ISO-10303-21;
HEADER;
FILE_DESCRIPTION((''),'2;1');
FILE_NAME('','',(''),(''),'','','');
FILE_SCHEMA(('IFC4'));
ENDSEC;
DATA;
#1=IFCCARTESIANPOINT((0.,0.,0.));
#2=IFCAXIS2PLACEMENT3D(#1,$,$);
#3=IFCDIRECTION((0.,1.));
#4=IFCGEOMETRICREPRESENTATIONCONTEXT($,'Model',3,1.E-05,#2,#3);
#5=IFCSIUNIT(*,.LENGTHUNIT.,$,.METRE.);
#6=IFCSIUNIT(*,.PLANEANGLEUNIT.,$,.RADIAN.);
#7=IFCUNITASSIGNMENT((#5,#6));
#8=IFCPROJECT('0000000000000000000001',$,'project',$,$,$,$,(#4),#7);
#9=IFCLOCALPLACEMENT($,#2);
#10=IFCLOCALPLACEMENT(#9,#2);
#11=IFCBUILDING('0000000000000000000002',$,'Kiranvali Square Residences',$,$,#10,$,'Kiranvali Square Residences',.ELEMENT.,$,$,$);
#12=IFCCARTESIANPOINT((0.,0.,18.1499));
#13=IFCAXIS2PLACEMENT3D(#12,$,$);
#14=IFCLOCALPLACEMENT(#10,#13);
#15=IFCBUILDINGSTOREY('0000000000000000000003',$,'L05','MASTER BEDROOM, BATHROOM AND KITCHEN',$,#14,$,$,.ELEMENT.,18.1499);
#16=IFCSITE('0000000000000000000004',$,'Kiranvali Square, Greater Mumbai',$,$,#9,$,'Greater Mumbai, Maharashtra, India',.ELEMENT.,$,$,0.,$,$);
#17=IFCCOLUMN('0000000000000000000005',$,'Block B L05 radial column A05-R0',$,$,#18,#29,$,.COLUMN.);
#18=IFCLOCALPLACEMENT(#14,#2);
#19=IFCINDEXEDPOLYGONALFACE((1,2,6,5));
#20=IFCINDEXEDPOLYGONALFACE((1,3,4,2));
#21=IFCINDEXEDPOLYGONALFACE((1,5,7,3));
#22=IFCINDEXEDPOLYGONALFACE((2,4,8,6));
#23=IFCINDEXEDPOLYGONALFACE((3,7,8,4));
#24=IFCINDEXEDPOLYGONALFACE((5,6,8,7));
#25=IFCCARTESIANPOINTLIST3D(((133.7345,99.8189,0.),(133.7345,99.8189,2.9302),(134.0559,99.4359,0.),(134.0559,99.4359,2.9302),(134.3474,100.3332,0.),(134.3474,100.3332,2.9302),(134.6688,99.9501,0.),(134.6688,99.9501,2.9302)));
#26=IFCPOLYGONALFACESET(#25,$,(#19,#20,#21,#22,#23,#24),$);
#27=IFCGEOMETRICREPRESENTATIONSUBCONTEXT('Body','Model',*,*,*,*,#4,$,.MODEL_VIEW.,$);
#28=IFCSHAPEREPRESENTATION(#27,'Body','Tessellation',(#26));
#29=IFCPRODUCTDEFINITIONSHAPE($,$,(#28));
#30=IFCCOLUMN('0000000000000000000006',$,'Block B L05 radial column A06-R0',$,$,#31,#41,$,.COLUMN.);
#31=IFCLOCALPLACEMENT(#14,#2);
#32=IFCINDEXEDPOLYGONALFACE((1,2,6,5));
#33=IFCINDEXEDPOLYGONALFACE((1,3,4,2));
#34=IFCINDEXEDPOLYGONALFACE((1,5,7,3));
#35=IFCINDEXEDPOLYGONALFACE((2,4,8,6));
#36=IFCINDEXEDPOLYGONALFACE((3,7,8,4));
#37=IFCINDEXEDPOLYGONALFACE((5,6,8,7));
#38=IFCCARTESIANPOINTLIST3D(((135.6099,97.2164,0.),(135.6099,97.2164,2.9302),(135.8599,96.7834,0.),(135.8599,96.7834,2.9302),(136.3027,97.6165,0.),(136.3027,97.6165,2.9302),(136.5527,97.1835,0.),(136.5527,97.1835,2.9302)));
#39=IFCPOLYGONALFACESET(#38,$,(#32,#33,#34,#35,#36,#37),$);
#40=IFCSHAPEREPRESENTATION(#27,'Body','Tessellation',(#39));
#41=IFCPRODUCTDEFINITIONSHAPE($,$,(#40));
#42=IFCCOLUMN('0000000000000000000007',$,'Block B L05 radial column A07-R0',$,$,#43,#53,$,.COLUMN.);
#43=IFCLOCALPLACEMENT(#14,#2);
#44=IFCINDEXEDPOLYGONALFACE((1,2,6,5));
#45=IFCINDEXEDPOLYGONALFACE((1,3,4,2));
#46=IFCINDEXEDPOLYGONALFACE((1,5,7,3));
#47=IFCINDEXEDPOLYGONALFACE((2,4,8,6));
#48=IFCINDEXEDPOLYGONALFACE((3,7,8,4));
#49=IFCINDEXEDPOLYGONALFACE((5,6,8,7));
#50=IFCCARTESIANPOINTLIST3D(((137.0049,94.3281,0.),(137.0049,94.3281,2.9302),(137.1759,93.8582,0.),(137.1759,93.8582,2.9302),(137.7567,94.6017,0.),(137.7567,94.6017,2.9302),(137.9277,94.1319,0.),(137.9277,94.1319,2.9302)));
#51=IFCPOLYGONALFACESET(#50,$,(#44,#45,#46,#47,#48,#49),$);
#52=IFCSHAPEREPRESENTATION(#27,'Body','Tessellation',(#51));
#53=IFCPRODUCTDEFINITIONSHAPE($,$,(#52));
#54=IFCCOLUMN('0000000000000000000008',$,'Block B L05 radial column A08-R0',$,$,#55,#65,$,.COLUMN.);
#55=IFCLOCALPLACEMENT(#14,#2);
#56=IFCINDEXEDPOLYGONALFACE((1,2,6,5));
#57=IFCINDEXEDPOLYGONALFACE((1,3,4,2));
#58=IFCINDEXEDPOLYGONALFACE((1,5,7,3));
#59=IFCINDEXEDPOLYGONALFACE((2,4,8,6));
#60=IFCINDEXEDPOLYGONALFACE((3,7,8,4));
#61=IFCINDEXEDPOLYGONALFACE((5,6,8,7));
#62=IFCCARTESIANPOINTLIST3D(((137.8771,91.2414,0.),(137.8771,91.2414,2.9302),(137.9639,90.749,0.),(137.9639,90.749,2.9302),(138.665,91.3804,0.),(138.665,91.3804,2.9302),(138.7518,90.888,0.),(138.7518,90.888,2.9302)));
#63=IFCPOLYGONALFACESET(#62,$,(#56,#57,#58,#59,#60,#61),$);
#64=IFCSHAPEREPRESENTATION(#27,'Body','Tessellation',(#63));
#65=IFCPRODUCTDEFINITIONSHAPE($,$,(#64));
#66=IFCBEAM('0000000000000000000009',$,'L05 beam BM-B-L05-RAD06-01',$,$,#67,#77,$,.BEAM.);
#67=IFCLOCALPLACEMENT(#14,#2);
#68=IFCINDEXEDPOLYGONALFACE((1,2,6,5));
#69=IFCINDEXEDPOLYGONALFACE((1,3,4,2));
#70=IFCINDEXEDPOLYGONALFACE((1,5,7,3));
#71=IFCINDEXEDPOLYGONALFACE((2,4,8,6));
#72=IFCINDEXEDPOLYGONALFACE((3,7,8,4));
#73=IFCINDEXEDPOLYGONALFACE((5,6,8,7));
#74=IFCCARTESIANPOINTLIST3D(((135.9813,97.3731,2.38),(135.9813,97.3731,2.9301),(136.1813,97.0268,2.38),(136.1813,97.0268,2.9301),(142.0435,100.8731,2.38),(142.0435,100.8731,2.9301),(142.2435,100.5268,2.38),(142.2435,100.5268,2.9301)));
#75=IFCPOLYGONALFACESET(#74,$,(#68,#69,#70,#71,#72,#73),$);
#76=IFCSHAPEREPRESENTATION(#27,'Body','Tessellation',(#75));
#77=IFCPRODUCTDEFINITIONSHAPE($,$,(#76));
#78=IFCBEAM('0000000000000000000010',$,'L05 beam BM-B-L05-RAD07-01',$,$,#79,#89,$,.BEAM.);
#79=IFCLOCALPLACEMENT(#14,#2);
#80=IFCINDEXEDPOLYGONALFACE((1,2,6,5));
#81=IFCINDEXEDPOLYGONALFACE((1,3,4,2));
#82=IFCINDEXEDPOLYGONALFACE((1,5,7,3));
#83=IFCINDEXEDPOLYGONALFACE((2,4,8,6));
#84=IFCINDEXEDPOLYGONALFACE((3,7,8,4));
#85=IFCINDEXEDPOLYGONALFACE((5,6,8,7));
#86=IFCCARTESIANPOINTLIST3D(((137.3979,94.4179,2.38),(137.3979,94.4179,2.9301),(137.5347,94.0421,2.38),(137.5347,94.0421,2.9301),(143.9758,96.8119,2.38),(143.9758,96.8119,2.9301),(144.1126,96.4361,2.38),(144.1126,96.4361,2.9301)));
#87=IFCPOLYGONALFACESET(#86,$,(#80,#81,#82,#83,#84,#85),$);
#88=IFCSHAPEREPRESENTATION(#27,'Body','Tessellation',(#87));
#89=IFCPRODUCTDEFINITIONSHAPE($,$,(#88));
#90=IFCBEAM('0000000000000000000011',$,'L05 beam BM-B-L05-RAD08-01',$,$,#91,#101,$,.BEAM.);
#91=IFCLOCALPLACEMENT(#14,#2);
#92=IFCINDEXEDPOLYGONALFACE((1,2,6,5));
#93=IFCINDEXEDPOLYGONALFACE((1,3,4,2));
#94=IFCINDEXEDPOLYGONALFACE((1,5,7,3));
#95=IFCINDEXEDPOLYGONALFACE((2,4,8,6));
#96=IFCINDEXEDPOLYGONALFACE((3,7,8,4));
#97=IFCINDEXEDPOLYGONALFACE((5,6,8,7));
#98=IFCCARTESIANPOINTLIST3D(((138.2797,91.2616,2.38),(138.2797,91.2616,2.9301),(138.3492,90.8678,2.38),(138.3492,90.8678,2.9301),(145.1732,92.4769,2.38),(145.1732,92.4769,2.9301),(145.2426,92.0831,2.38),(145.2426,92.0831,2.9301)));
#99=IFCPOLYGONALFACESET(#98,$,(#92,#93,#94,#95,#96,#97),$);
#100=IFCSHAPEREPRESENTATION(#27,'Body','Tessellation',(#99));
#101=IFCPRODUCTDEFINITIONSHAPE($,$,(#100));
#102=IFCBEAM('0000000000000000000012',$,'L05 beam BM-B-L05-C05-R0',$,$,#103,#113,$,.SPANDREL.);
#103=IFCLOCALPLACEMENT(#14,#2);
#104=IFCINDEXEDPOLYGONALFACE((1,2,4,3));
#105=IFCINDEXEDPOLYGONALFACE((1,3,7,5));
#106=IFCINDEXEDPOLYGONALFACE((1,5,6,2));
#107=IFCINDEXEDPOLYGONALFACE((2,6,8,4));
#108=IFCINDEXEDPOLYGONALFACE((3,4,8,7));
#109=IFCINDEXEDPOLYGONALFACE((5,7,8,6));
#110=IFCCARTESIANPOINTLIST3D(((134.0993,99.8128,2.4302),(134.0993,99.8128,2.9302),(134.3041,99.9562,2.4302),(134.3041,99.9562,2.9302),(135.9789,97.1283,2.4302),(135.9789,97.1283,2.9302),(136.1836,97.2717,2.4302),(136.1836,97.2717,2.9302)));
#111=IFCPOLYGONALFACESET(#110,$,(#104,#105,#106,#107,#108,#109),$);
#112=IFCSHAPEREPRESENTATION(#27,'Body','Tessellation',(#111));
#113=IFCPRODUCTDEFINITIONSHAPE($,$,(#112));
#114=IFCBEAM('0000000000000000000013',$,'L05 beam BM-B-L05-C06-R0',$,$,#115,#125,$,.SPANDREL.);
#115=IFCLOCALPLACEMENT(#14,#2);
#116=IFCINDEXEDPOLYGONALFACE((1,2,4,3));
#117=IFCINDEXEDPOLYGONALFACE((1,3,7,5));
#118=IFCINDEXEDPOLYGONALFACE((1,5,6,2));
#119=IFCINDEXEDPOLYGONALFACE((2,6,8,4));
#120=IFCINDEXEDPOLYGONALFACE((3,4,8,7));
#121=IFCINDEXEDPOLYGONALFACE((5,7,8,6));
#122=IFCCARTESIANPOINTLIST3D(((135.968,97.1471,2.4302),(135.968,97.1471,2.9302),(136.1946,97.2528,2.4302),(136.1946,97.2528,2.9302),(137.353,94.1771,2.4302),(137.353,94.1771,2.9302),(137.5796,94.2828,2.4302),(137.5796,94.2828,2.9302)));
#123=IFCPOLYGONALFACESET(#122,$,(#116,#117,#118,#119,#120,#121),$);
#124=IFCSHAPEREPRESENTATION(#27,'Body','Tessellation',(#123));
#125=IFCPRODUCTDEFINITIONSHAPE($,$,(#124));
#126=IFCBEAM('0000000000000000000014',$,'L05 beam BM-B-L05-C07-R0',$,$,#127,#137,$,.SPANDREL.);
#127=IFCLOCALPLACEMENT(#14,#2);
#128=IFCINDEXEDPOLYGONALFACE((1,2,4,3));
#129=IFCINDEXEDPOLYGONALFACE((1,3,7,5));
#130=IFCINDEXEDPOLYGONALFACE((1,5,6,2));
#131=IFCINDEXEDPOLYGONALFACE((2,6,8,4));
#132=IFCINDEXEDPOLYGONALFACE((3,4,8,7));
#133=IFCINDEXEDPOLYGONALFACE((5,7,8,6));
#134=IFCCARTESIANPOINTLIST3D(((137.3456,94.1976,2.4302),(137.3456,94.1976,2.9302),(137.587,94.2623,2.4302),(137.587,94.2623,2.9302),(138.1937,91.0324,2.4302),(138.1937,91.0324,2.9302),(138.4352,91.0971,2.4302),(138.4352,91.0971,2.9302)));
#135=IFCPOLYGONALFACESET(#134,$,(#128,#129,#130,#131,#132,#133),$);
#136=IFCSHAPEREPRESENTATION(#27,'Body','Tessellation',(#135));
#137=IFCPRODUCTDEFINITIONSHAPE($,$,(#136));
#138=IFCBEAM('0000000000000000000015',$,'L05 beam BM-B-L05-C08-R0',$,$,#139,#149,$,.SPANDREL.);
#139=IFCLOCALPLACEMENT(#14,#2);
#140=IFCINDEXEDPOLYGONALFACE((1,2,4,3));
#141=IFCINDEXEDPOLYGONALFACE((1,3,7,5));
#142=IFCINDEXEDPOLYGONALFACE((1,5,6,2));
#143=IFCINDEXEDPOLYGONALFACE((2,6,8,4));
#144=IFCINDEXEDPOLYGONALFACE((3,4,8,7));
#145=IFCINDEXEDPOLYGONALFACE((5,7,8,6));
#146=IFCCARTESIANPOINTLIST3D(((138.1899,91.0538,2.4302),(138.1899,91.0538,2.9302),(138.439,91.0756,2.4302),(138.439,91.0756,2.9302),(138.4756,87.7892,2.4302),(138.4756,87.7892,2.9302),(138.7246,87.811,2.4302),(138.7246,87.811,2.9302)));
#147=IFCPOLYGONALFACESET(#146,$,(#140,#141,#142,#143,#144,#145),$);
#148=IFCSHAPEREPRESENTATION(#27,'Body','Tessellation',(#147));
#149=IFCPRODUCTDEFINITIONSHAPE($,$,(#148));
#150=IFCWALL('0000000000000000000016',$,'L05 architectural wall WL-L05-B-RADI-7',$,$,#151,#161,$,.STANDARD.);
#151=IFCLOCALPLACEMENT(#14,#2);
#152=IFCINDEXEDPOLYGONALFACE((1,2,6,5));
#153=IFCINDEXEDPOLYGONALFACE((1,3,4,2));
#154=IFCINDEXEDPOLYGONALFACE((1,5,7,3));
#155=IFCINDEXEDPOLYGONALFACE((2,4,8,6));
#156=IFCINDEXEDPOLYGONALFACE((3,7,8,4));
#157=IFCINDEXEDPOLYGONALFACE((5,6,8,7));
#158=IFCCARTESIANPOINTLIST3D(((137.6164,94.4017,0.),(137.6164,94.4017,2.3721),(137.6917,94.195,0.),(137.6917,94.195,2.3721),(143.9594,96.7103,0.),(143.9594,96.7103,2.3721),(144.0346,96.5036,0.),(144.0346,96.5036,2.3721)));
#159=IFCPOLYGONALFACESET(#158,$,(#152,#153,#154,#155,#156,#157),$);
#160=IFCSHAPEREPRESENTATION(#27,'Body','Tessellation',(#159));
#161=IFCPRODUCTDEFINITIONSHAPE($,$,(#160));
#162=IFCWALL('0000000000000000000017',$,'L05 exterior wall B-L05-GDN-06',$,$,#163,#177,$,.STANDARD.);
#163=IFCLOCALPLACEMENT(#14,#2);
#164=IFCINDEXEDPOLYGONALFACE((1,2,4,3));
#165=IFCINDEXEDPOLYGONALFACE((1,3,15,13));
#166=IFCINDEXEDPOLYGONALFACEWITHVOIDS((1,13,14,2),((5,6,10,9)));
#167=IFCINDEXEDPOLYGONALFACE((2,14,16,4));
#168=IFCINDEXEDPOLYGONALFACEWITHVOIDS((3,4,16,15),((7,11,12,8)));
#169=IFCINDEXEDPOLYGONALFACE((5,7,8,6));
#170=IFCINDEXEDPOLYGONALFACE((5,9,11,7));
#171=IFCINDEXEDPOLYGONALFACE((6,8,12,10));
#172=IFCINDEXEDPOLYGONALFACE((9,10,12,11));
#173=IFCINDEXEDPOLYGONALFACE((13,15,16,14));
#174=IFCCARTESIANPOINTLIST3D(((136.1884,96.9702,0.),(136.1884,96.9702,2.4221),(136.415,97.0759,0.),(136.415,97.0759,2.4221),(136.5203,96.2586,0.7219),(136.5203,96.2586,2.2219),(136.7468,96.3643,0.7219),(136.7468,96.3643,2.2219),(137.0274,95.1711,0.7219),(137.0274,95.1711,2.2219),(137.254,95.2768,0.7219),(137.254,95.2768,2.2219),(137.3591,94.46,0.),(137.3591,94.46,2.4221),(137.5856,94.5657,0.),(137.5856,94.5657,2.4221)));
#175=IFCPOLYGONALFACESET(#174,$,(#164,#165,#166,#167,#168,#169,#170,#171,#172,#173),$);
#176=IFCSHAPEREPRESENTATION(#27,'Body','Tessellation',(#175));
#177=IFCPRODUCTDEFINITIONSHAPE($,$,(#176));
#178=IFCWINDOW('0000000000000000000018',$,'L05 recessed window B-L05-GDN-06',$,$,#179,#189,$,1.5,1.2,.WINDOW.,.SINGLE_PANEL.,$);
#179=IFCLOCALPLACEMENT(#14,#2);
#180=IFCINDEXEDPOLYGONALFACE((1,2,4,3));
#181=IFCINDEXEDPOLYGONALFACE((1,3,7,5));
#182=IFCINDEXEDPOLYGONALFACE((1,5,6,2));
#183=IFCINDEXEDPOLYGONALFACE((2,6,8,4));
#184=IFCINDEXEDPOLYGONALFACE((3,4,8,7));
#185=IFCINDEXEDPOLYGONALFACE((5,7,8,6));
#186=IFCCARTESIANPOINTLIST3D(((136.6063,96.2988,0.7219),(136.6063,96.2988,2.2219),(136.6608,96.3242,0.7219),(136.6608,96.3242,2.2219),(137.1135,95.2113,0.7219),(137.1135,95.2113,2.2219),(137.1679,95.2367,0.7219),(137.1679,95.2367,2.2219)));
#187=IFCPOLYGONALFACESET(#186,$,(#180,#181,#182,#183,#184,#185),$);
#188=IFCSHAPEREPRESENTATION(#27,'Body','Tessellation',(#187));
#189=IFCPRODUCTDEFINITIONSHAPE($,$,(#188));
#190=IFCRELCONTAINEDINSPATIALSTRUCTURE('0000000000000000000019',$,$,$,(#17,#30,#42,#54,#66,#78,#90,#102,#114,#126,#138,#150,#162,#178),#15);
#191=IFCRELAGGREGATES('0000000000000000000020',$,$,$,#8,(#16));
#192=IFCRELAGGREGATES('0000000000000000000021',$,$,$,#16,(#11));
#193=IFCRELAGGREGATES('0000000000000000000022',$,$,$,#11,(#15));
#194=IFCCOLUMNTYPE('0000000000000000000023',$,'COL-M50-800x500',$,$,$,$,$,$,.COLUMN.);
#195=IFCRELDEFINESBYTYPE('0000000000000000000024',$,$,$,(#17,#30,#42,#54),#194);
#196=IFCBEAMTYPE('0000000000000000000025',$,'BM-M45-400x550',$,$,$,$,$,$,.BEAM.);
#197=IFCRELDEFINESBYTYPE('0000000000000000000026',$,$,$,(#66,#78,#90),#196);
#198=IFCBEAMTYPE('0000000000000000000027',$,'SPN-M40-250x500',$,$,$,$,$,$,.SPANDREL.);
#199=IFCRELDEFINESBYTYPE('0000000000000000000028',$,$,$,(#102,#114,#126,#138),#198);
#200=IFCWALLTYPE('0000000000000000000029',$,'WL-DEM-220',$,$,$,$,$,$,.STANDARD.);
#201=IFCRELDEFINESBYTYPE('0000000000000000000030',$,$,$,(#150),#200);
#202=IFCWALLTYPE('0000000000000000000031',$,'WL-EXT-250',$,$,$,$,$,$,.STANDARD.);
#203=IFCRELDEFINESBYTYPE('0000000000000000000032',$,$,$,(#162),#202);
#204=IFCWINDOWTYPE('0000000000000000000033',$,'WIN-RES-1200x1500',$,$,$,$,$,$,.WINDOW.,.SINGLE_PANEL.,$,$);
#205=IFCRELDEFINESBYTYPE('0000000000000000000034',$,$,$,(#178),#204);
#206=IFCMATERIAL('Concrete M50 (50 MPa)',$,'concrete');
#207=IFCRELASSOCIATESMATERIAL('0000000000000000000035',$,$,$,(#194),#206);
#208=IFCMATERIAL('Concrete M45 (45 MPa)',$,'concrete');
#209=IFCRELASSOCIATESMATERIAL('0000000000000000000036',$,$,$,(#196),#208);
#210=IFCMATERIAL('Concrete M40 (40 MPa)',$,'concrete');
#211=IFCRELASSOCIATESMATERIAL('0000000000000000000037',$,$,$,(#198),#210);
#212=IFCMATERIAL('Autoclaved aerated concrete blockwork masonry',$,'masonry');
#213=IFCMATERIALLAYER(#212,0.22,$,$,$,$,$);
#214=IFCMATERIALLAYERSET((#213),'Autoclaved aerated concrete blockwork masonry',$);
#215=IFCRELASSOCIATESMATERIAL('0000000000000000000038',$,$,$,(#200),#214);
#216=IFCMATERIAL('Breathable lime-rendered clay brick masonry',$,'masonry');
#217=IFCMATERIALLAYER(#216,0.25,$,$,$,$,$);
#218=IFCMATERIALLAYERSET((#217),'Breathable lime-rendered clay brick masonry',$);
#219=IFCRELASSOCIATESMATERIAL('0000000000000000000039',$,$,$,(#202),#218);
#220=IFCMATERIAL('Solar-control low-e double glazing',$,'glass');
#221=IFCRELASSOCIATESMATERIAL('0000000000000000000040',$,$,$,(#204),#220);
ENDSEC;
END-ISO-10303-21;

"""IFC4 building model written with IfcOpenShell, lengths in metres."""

from ifc_helpers import new_model, si_unit, direction, frame, frame_2d, origin, origin_2d, place, context, subcontext, project, spatial, rectangle, extrude, material, layer, layer_set, material_profile, profile_set, type_object, element, fill, save


model = new_model("IFC4")

# Units and contexts
model_context = context("Model", 3, precision=1e-05, world=origin(), true_north=direction((0.0, 1.0)))
body_context = subcontext(model_context, "Body", "Model", "MODEL_VIEW")
ifc_project = project(units=[si_unit("LENGTHUNIT", "METRE"), si_unit("PLANEANGLEUNIT", "RADIAN")], contexts=[model_context])

# Site, building, storey
site_placement = place(None, origin())
site = spatial("IfcSite", under=ifc_project, at=site_placement, Name="Kiranvali Square, Greater Mumbai", LongName="Greater Mumbai, Maharashtra, India", CompositionType="ELEMENT", RefElevation=0.0)
building_placement = place(site_placement, origin())
building = spatial("IfcBuilding", under=site, at=building_placement, Name="Kiranvali Square Residences", LongName="Kiranvali Square Residences", CompositionType="ELEMENT")
storey_placement = place(building_placement, frame((0.0, 0.0, 18.1499)))
storey = spatial("IfcBuildingStorey", under=building, at=storey_placement, Name="L05", Description="MASTER BEDROOM, BATHROOM AND KITCHEN", CompositionType="ELEMENT", Elevation=18.1499)

# Columns
ifc_material_1 = material(Name="Concrete M50 (50 MPa)", Category="concrete")
ifc_material_profile_1 = material_profile(ifc_material_1, rectangle(XDim=0.5, YDim=0.8, at=origin_2d()), Name="RC 800x500")
ifc_profile_set_1 = profile_set([ifc_material_profile_1], Name="Concrete M50 (50 MPa)")
column_type = type_object("IfcColumnType", Name="COL-M50-800x500", PredefinedType="COLUMN", material=ifc_profile_set_1)
for number, where, z_axis, x_axis, name in (
    (1, (134.2017, 99.8845, 0.0), (0.0, 0.0, 1.0), (-0.642788, 0.766044, 0.0), "Block B L05 radial column A05-R0"),
    (2, (136.0813, 97.2, 0.0), (0.0, 0.0, 1.0), (-0.5, 0.866025, 0.0), "Block B L05 radial column A06-R0"),
    (3, (137.4663, 94.23, 0.0), (0.0, 0.0, 1.0), (-0.34202, 0.939693, 0.0), "Block B L05 radial column A07-R0"),
    (4, (138.3145, 91.0647, 0.0), (0.0, 0.0, 1.0), (-0.173648, 0.984808, 0.0), "Block B L05 radial column A08-R0"),
):
    element("IfcColumn", number, at=place(storey_placement, frame(where, z_axis=z_axis, x_axis=x_axis)), inside=storey, type_object=column_type, Name=name, PredefinedType="COLUMN", context=body_context, shape_type="SweptSolid", body=[
        extrude(rectangle(XDim=0.5, YDim=0.8, at=origin_2d()), origin(), (0.0, 0.0, 1.0), 2.9302),
    ])

# Beams
ifc_material_2 = material(Name="Concrete M45 (45 MPa)", Category="concrete")
ifc_material_profile_2 = material_profile(ifc_material_2, rectangle(XDim=0.3999, YDim=0.55, at=origin_2d()), Name="RC 400x550")
ifc_profile_set_2 = profile_set([ifc_material_profile_2], Name="Concrete M45 (45 MPa)")
beam_type_1 = type_object("IfcBeamType", Name="BM-M45-400x550", PredefinedType="BEAM", material=ifc_profile_set_2)
for number, where, z_axis, x_axis, name in (
    (5, (136.0813, 97.2, 2.655), (0.866028, 0.499995, 0.0), (-0.499995, 0.866028, 0.0), "L05 beam BM-B-L05-RAD06-01"),
    (6, (137.4663, 94.23, 2.655), (0.939698, 0.342006, 0.0), (-0.342006, 0.939698, 0.0), "L05 beam BM-B-L05-RAD07-01"),
):
    element("IfcBeam", number, at=place(storey_placement, frame(where, z_axis=z_axis, x_axis=x_axis)), inside=storey, type_object=beam_type_1, Name=name, PredefinedType="BEAM", context=body_context, shape_type="SweptSolid", body=[
        extrude(rectangle(XDim=0.3999, YDim=0.55, at=origin_2d()), origin(), (0.0, 0.0, 1.0), 7.0),
    ])
beam_1_placement = place(storey_placement, frame((138.3145, 91.0647, 2.655), z_axis=(0.984812, 0.173622, 0.0), x_axis=(-0.173622, 0.984812, 0.0)))
element("IfcBeam", 7, at=beam_1_placement, inside=storey, type_object=beam_type_1, Name="L05 beam BM-B-L05-RAD08-01", PredefinedType="BEAM", context=body_context, shape_type="SweptSolid", body=[
    extrude(rectangle(XDim=0.3999, YDim=0.55, at=origin_2d()), origin(), (0.0, 0.0, 1.0), 6.9998),
])
ifc_material_3 = material(Name="Concrete M40 (40 MPa)", Category="concrete")
ifc_material_profile_3 = material_profile(ifc_material_3, rectangle(XDim=0.25, YDim=0.5, at=origin_2d()), Name="RC 250x500")
ifc_profile_set_3 = profile_set([ifc_material_profile_3], Name="Concrete M40 (40 MPa)")
beam_type_2 = type_object("IfcBeamType", Name="SPN-M40-250x500", PredefinedType="SPANDREL", material=ifc_profile_set_3)
for number, where, z_axis, x_axis, name in (
    (8, (134.2017, 99.8845, 2.6802), (0.573552, -0.819169, 0.0), (0.819169, 0.573552, 0.0), "L05 beam BM-B-L05-C05-R0"),
    (9, (136.0813, 97.2, 2.6802), (0.422641, -0.906297, 0.0), (0.906297, 0.422641, 0.0), "L05 beam BM-B-L05-C06-R0"),
):
    element("IfcBeam", number, at=place(storey_placement, frame(where, z_axis=z_axis, x_axis=x_axis)), inside=storey, type_object=beam_type_2, Name=name, PredefinedType="SPANDREL", context=body_context, shape_type="SweptSolid", body=[
        extrude(rectangle(XDim=0.25, YDim=0.5, at=origin_2d()), origin(), (0.0, 0.0, 1.0), 3.2771),
    ])
beam_2_placement = place(storey_placement, frame((137.4663, 94.23, 2.6802), z_axis=(0.258822, -0.965925, 0.0), x_axis=(0.965925, 0.258822, 0.0)))
element("IfcBeam", 10, at=beam_2_placement, inside=storey, type_object=beam_type_2, Name="L05 beam BM-B-L05-C07-R0", PredefinedType="SPANDREL", context=body_context, shape_type="SweptSolid", body=[
    extrude(rectangle(XDim=0.25, YDim=0.5, at=origin_2d()), origin(), (0.0, 0.0, 1.0), 3.2769),
])
beam_3_placement = place(storey_placement, frame((138.3145, 91.0647, 2.6802), z_axis=(0.087163, -0.996194, 0.0), x_axis=(0.996194, 0.087163, 0.0)))
element("IfcBeam", 11, at=beam_3_placement, inside=storey, type_object=beam_type_2, Name="L05 beam BM-B-L05-C08-R0", PredefinedType="SPANDREL", context=body_context, shape_type="SweptSolid", body=[
    extrude(rectangle(XDim=0.25, YDim=0.5, at=origin_2d()), origin(), (0.0, 0.0, 1.0), 3.2771),
])

# Wall
ifc_material_4 = material(Name="Autoclaved aerated concrete blockwork masonry", Category="masonry")
ifc_layer_1 = layer(ifc_material_4, 0.22)
ifc_layer_set_1 = layer_set([ifc_layer_1], Name="Autoclaved aerated concrete blockwork masonry")
wall_type_1 = type_object("IfcWallType", Name="WL-DEM-220", PredefinedType="STANDARD", material=ifc_layer_set_1)
wall_1_placement = place(storey_placement, frame((137.6541, 94.2983, 0.0), z_axis=(0.0, 0.0, 1.0), x_axis=(0.939696, 0.34201, 0.0)))
element("IfcWall", 12, at=wall_1_placement, inside=storey, type_object=wall_type_1, Name="L05 architectural wall WL-L05-B-RADI-7", PredefinedType="STANDARD", context=body_context, shape_type="SweptSolid", body=[
    extrude(rectangle(XDim=6.75, YDim=0.22, at=frame_2d((3.375, 0.0))), origin(), (0.0, 0.0, 1.0), 2.3721),
])

# Shared definitions
ifc_material_5 = material(Name="Breathable lime-rendered clay brick masonry", Category="masonry")
ifc_layer_2 = layer(ifc_material_5, 0.25)
ifc_layer_set_2 = layer_set([ifc_layer_2], Name="Breathable lime-rendered clay brick masonry")
wall_type_2 = type_object("IfcWallType", Name="WL-EXT-250", PredefinedType="STANDARD", material=ifc_layer_set_2)

# Wall, opening, window
wall_2_placement = place(storey_placement, frame((136.3018, 97.0229, 0.0), z_axis=(0.0, 0.0, 1.0), x_axis=(0.422649, -0.906293, 0.0)))
wall_2 = element("IfcWall", 13, at=wall_2_placement, inside=storey, type_object=wall_type_2, Name="L05 exterior wall B-L05-GDN-06", PredefinedType="STANDARD", context=body_context, shape_type="SweptSolid", body=[
    extrude(rectangle(XDim=2.7698, YDim=0.25, at=frame_2d((1.3848, 0.0))), origin(), (0.0, 0.0, 1.0), 2.4221),
])
opening_1_placement = place(wall_2_placement, frame((0.7849, 0.0, 0.7219)))
opening_1 = element("IfcOpeningElement", 14, at=opening_1_placement, cuts=wall_2, PredefinedType="OPENING", context=body_context, shape_type="SweptSolid", body=[
    extrude(rectangle(XDim=1.2, YDim=1.5, at=frame_2d((0.6001, 0.75))), frame((0.0, 0.135, 0.0), z_axis=(0.0, -1.0, 0.0), x_axis=(1.0, 0.0, 0.0)), (0.0, 0.0, 1.0), 0.27),
])
ifc_material_6 = material(Name="Solar-control low-e double glazing", Category="glass")
window_type_1 = type_object("IfcWindowType", Name="WIN-RES-1200x1500", PartitioningType="SINGLE_PANEL", PredefinedType="WINDOW", material=ifc_material_6)
window_1_placement = place(opening_1_placement, origin())
window_1 = element("IfcWindow", 15, at=window_1_placement, inside=storey, type_object=window_type_1, Name="L05 recessed window B-L05-GDN-06", OverallHeight=1.5, OverallWidth=1.2, PartitioningType="SINGLE_PANEL", PredefinedType="WINDOW", context=body_context, shape_type="SweptSolid", body=[
    extrude(rectangle(XDim=1.2, YDim=1.5, at=frame_2d((0.6001, 0.75))), frame((0.0, 0.03, 0.0), z_axis=(0.0, -1.0, 0.0), x_axis=(1.0, 0.0, 0.0)), (0.0, 0.0, 1.0), 0.0601),
])
fill(opening_1, window_1)

save(model, "model.ifc")
